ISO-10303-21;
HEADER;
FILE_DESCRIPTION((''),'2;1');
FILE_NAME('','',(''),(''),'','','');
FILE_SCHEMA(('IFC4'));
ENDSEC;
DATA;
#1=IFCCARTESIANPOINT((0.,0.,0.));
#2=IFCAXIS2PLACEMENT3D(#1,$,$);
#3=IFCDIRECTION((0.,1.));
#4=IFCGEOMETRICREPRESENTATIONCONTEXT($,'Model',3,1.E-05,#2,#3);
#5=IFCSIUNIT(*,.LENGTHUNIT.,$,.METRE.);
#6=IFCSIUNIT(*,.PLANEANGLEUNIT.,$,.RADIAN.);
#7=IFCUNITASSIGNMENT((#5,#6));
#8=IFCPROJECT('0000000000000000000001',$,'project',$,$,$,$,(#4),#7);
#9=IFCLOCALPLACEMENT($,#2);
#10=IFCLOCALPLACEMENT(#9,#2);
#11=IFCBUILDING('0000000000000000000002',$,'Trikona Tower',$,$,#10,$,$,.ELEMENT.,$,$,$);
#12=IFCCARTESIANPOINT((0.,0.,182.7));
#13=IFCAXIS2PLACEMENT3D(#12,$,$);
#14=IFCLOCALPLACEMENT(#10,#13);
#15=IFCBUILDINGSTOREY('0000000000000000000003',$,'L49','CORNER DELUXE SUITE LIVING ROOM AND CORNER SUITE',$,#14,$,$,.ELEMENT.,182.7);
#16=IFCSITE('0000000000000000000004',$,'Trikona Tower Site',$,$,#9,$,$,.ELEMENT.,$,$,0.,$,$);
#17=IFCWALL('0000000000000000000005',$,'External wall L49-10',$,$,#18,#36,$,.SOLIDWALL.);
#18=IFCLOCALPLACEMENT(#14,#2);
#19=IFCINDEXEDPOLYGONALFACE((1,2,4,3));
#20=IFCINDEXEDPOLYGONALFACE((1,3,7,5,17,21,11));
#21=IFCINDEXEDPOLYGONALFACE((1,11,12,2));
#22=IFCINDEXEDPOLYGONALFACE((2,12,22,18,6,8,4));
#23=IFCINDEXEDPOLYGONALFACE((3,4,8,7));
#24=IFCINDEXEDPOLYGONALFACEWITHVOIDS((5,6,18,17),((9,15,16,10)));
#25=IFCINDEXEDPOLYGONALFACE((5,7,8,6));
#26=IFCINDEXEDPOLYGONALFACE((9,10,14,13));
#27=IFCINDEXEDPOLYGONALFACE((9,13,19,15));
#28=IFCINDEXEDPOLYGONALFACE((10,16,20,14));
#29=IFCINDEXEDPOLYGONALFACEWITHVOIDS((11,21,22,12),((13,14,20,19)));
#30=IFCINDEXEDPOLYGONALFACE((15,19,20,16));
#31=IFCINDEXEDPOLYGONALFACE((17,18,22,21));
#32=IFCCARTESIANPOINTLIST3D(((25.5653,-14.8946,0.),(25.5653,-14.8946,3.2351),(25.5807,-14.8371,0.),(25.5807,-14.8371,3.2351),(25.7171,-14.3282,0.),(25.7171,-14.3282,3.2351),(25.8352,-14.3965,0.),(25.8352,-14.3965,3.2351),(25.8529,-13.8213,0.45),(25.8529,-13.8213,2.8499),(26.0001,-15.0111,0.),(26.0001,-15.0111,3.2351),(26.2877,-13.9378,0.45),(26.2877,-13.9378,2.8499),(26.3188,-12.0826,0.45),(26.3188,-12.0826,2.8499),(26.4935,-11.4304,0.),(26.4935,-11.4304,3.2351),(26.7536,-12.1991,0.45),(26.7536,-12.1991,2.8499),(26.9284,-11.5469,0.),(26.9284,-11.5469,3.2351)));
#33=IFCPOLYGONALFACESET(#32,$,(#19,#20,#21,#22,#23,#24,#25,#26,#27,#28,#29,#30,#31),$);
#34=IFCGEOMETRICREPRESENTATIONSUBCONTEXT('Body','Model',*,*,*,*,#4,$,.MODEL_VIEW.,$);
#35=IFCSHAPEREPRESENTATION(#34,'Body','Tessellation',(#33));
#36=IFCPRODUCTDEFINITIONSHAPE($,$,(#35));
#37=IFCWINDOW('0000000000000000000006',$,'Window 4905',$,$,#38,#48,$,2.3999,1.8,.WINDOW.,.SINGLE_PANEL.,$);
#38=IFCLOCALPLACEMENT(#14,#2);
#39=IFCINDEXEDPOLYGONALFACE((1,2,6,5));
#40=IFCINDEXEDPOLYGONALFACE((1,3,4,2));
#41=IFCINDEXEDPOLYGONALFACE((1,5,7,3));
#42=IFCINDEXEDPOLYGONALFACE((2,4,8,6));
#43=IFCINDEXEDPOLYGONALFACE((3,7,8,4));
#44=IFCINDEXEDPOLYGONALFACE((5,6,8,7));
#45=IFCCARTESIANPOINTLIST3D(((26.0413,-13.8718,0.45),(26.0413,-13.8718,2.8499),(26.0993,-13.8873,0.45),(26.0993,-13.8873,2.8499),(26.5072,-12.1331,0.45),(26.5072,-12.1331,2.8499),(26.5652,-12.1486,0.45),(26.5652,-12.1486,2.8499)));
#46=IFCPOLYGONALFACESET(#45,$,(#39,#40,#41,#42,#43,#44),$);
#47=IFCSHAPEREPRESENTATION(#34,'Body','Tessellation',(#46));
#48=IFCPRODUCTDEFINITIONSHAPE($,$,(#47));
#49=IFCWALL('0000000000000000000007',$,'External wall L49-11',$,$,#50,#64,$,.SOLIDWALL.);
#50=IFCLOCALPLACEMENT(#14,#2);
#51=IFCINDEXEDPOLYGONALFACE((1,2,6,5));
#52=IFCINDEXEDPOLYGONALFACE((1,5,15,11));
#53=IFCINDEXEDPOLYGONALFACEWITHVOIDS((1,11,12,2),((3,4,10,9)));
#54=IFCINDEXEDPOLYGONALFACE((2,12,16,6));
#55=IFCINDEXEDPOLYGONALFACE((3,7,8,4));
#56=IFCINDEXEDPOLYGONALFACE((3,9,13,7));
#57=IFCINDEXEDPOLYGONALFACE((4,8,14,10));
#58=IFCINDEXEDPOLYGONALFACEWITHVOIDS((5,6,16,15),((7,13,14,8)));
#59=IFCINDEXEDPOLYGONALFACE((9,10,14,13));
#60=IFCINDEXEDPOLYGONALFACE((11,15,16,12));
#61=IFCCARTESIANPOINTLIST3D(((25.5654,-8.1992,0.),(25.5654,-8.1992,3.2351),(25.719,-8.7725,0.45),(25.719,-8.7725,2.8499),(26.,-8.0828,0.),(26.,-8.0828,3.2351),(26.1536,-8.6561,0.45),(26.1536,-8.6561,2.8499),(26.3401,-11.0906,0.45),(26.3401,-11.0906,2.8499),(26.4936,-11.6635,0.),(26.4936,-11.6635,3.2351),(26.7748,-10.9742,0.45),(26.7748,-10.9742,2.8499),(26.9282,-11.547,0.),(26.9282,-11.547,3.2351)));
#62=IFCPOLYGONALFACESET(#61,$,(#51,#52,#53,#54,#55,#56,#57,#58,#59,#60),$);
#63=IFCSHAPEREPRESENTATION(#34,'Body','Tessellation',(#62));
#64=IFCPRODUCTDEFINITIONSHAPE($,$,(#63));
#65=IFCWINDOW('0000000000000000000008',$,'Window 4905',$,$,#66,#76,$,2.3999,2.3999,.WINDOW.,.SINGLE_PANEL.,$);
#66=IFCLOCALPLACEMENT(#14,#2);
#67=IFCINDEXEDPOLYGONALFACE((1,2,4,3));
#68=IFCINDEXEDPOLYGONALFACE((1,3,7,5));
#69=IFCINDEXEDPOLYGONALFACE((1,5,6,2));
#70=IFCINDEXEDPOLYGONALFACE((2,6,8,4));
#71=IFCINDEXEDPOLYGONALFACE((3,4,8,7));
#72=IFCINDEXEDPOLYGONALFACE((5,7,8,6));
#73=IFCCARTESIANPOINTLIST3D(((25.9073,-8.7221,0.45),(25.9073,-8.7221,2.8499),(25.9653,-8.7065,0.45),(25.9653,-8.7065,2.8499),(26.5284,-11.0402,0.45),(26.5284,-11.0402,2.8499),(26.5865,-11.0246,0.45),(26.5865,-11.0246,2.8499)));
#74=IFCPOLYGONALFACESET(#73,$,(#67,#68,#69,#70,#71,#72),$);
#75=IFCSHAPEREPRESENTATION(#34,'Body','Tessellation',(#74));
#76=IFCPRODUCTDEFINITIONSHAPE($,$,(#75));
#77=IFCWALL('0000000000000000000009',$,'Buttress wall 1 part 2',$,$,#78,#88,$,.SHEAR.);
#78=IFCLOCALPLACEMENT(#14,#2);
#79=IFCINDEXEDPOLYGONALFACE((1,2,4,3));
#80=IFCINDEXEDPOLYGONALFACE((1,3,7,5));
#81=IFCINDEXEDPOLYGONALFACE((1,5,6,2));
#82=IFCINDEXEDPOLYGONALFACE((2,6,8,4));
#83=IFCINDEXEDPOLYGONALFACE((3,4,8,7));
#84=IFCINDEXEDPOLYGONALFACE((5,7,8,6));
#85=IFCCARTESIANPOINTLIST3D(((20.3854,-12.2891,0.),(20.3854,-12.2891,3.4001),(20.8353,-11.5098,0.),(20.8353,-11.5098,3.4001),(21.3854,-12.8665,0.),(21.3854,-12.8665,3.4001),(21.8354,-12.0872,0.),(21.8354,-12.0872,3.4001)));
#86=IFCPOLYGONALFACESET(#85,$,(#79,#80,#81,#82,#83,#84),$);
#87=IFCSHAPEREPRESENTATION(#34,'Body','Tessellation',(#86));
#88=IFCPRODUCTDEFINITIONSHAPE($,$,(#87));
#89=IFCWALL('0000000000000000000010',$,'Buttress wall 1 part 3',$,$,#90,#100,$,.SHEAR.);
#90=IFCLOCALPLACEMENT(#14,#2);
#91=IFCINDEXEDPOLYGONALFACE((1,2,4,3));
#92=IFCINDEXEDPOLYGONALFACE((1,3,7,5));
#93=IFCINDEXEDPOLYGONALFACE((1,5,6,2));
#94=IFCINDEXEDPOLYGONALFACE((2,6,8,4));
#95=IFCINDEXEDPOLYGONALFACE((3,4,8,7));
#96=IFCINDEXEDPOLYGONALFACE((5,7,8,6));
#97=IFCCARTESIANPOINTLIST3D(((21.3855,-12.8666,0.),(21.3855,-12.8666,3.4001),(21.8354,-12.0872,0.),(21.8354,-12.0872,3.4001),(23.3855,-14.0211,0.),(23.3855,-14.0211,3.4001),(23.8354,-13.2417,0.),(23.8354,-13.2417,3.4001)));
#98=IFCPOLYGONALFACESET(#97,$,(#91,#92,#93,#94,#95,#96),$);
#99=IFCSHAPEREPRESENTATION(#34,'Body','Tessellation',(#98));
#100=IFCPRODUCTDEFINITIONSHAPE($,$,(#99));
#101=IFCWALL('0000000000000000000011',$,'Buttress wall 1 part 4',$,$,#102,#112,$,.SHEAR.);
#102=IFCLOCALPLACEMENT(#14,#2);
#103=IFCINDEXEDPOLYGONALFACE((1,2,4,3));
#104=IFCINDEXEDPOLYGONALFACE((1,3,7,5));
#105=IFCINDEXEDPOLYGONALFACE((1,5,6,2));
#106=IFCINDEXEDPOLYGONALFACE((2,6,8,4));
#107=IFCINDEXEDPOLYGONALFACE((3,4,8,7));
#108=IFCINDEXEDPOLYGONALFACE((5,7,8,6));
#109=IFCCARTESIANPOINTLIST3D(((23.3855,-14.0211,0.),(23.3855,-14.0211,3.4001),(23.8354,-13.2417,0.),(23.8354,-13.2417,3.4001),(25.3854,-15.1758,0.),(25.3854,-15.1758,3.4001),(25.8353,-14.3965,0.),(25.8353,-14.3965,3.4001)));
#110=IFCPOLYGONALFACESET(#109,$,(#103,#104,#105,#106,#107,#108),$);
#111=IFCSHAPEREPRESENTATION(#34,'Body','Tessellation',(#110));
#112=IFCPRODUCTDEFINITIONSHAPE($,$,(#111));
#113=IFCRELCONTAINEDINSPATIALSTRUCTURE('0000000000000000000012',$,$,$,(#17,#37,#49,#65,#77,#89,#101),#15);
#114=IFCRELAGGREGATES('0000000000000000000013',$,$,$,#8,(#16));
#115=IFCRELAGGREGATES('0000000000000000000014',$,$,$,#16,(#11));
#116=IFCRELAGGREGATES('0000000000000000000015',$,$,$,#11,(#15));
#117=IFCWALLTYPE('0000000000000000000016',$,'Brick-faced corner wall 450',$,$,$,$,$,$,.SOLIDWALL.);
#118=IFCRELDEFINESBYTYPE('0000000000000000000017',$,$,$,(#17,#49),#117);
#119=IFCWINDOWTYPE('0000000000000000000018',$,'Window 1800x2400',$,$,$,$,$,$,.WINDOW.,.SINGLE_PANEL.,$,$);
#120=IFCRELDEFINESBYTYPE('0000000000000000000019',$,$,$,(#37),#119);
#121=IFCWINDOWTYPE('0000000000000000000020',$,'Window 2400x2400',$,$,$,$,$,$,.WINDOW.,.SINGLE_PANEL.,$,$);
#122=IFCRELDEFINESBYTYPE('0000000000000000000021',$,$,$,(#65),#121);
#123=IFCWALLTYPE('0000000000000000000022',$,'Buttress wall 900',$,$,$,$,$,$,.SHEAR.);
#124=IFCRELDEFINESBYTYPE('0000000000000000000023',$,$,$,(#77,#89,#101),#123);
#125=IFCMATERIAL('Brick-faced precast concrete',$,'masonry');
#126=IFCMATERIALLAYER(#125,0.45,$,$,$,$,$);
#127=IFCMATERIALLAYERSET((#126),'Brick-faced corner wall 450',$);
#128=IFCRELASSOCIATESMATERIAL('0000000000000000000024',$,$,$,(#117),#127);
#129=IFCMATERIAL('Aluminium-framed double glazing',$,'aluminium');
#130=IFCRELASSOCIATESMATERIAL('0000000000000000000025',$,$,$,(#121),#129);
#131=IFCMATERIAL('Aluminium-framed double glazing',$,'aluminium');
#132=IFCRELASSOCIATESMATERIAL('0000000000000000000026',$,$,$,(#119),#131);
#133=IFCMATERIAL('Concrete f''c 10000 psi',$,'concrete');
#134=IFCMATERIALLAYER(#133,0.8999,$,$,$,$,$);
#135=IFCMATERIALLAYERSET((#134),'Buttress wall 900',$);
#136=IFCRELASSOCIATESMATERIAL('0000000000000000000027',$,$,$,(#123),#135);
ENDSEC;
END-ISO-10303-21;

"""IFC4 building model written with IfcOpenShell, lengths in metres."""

from ifc_helpers import new_model, si_unit, direction, frame, frame_2d, origin, place, context, subcontext, project, spatial, polyline, rectangle, outline, extrude, material, layer, layer_set, type_object, element, fill, save


model = new_model("IFC4")

# Units and contexts
model_context = context("Model", 3, precision=1e-05, world=origin(), true_north=direction((0.0, 1.0)))
body_context = subcontext(model_context, "Body", "Model", "MODEL_VIEW")
ifc_project = project(units=[si_unit("LENGTHUNIT", "METRE"), si_unit("PLANEANGLEUNIT", "RADIAN")], contexts=[model_context])

# Site, building, storey
site_placement = place(None, origin())
site = spatial("IfcSite", under=ifc_project, at=site_placement, Name="Trikona Tower Site", CompositionType="ELEMENT", RefElevation=0.0)
building_placement = place(site_placement, origin())
building = spatial("IfcBuilding", under=site, at=building_placement, Name="Trikona Tower", CompositionType="ELEMENT")
storey_placement = place(building_placement, frame((0.0, 0.0, 182.7)))
storey = spatial("IfcBuildingStorey", under=building, at=storey_placement, Name="L49", Description="CORNER DELUXE SUITE LIVING ROOM AND CORNER SUITE", CompositionType="ELEMENT", Elevation=182.7)

# Walls, openings, windows
ifc_material_1 = material(Name="Brick-faced precast concrete", Category="masonry")
ifc_layer_1 = layer(ifc_material_1, 0.45)
ifc_layer_set_1 = layer_set([ifc_layer_1], Name="Brick-faced corner wall 450")
wall_type_1 = type_object("IfcWallType", Name="Brick-faced corner wall 450", PredefinedType="SOLIDWALL", material=ifc_layer_set_1)
ifc_material_2 = material(Name="Aluminium-framed double glazing", Category="aluminium")
window_type_1 = type_object("IfcWindowType", Name="Window 2400x2400", PartitioningType="SINGLE_PANEL", PredefinedType="WINDOW", material=ifc_material_2)
ifc_material_3 = material(Name="Aluminium-framed double glazing", Category="aluminium")
window_type_2 = type_object("IfcWindowType", Name="Window 1800x2400", PartitioningType="SINGLE_PANEL", PredefinedType="WINDOW", material=ifc_material_3)
wall_1_placement = place(storey_placement, frame((25.7827, -14.9529, 0.0), z_axis=(0.0, 0.0, 1.0), x_axis=(0.258823, 0.965925, 0.0)))
wall_1 = element("IfcWall", 1, at=wall_1_placement, inside=storey, type_object=wall_type_1, Name="External wall L49-10", PredefinedType="SOLIDWALL", context=body_context, shape_type="SweptSolid", body=[
    extrude(outline(polyline([(3.5864, 0.2251), (0.5864, 0.2251), (0.551, 0.0933), (0.0596, 0.2251), (0.0, 0.2251), (0.0, -0.2251), (3.5864, -0.2251), (3.5864, 0.2251)])), origin(), (0.0, 0.0, 1.0), 3.2351),
])
opening_1_placement = place(wall_1_placement, frame((1.1113, 0.0, 0.45)))
opening_1 = element("IfcOpeningElement", 2, at=opening_1_placement, cuts=wall_1, PredefinedType="OPENING", context=body_context, shape_type="SweptSolid", body=[
    extrude(rectangle(XDim=1.8, YDim=2.3999, at=frame_2d((0.8999, 1.2))), frame((0.0, 0.2349, 0.0), z_axis=(0.0, -1.0, 0.0), x_axis=(1.0, 0.0, 0.0)), (0.0, 0.0, 1.0), 0.47),
])
window_1_placement = place(opening_1_placement, origin())
window_1 = element("IfcWindow", 3, at=window_1_placement, inside=storey, type_object=window_type_2, Name="Window 4905", OverallHeight=2.3999, OverallWidth=1.8, PartitioningType="SINGLE_PANEL", PredefinedType="WINDOW", context=body_context, shape_type="SweptSolid", body=[
    extrude(rectangle(XDim=1.8, YDim=2.3999, at=frame_2d((0.8999, 1.2))), frame((0.0, 0.03, 0.0), z_axis=(0.0, -1.0, 0.0), x_axis=(1.0, 0.0, 0.0)), (0.0, 0.0, 1.0), 0.0601),
])
fill(opening_1, window_1)
wall_2_placement = place(storey_placement, frame((26.7109, -11.6052, 0.0), z_axis=(0.0, 0.0, 1.0), x_axis=(-0.258823, 0.965925, 0.0)))
wall_2 = element("IfcWall", 4, at=wall_2_placement, inside=storey, type_object=wall_type_1, Name="External wall L49-11", PredefinedType="SOLIDWALL", context=body_context, shape_type="SweptSolid", body=[
    extrude(rectangle(XDim=3.5864, YDim=0.45, at=frame_2d((1.7932, 0.0))), origin(), (0.0, 0.0, 1.0), 3.2351),
])
opening_2_placement = place(wall_2_placement, frame((0.593, 0.0, 0.45)))
opening_2 = element("IfcOpeningElement", 5, at=opening_2_placement, cuts=wall_2, PredefinedType="OPENING", context=body_context, shape_type="SweptSolid", body=[
    extrude(rectangle(XDim=2.3999, YDim=2.3999, at=frame_2d((1.2, 1.2))), frame((0.0, 0.2349, 0.0), z_axis=(0.0, -1.0, 0.0), x_axis=(1.0, 0.0, 0.0)), (0.0, 0.0, 1.0), 0.47),
])
window_2_placement = place(opening_2_placement, origin())
window_2 = element("IfcWindow", 6, at=window_2_placement, inside=storey, type_object=window_type_1, Name="Window 4905", OverallHeight=2.3999, OverallWidth=2.3999, PartitioningType="SINGLE_PANEL", PredefinedType="WINDOW", context=body_context, shape_type="SweptSolid", body=[
    extrude(rectangle(XDim=2.3999, YDim=2.3999, at=frame_2d((1.2, 1.2))), frame((0.0, 0.03, 0.0), z_axis=(0.0, -1.0, 0.0), x_axis=(1.0, 0.0, 0.0)), (0.0, 0.0, 1.0), 0.0601),
])
fill(opening_2, window_2)

# Walls
ifc_material_4 = material(Name="Concrete f'c 10000 psi", Category="concrete")
ifc_layer_2 = layer(ifc_material_4, 0.8999)
ifc_layer_set_2 = layer_set([ifc_layer_2], Name="Buttress wall 900")
wall_type_2 = type_object("IfcWallType", Name="Buttress wall 900", PredefinedType="SHEAR", material=ifc_layer_set_2)
wall_3_placement = place(storey_placement, frame((20.6104, -11.8994, 0.0), z_axis=(0.0, 0.0, 1.0), x_axis=(0.86601, -0.500027, 0.0)))
element("IfcWall", 7, at=wall_3_placement, inside=storey, type_object=wall_type_2, Name="Buttress wall 1 part 2", PredefinedType="SHEAR", context=body_context, shape_type="SweptSolid", body=[
    extrude(rectangle(XDim=1.1548, YDim=0.8999, at=frame_2d((0.5774, 0.0))), origin(), (0.0, 0.0, 1.0), 3.4001),
])
for number, where, z_axis, x_axis, name in (
    (8, (21.6104, -12.4768, 0.0), (0.0, 0.0, 1.0), (0.866055, -0.499948, 0.0), "Buttress wall 1 part 3"),
    (9, (23.6104, -13.6313, 0.0), (0.0, 0.0, 1.0), (0.86601, -0.500027, 0.0), "Buttress wall 1 part 4"),
):
    element("IfcWall", number, at=place(storey_placement, frame(where, z_axis=z_axis, x_axis=x_axis)), inside=storey, type_object=wall_type_2, Name=name, PredefinedType="SHEAR", context=body_context, shape_type="SweptSolid", body=[
        extrude(rectangle(XDim=2.3093, YDim=0.8999, at=frame_2d((1.1548, 0.0))), origin(), (0.0, 0.0, 1.0), 3.4001),
    ])

save(model, "model.ifc")
